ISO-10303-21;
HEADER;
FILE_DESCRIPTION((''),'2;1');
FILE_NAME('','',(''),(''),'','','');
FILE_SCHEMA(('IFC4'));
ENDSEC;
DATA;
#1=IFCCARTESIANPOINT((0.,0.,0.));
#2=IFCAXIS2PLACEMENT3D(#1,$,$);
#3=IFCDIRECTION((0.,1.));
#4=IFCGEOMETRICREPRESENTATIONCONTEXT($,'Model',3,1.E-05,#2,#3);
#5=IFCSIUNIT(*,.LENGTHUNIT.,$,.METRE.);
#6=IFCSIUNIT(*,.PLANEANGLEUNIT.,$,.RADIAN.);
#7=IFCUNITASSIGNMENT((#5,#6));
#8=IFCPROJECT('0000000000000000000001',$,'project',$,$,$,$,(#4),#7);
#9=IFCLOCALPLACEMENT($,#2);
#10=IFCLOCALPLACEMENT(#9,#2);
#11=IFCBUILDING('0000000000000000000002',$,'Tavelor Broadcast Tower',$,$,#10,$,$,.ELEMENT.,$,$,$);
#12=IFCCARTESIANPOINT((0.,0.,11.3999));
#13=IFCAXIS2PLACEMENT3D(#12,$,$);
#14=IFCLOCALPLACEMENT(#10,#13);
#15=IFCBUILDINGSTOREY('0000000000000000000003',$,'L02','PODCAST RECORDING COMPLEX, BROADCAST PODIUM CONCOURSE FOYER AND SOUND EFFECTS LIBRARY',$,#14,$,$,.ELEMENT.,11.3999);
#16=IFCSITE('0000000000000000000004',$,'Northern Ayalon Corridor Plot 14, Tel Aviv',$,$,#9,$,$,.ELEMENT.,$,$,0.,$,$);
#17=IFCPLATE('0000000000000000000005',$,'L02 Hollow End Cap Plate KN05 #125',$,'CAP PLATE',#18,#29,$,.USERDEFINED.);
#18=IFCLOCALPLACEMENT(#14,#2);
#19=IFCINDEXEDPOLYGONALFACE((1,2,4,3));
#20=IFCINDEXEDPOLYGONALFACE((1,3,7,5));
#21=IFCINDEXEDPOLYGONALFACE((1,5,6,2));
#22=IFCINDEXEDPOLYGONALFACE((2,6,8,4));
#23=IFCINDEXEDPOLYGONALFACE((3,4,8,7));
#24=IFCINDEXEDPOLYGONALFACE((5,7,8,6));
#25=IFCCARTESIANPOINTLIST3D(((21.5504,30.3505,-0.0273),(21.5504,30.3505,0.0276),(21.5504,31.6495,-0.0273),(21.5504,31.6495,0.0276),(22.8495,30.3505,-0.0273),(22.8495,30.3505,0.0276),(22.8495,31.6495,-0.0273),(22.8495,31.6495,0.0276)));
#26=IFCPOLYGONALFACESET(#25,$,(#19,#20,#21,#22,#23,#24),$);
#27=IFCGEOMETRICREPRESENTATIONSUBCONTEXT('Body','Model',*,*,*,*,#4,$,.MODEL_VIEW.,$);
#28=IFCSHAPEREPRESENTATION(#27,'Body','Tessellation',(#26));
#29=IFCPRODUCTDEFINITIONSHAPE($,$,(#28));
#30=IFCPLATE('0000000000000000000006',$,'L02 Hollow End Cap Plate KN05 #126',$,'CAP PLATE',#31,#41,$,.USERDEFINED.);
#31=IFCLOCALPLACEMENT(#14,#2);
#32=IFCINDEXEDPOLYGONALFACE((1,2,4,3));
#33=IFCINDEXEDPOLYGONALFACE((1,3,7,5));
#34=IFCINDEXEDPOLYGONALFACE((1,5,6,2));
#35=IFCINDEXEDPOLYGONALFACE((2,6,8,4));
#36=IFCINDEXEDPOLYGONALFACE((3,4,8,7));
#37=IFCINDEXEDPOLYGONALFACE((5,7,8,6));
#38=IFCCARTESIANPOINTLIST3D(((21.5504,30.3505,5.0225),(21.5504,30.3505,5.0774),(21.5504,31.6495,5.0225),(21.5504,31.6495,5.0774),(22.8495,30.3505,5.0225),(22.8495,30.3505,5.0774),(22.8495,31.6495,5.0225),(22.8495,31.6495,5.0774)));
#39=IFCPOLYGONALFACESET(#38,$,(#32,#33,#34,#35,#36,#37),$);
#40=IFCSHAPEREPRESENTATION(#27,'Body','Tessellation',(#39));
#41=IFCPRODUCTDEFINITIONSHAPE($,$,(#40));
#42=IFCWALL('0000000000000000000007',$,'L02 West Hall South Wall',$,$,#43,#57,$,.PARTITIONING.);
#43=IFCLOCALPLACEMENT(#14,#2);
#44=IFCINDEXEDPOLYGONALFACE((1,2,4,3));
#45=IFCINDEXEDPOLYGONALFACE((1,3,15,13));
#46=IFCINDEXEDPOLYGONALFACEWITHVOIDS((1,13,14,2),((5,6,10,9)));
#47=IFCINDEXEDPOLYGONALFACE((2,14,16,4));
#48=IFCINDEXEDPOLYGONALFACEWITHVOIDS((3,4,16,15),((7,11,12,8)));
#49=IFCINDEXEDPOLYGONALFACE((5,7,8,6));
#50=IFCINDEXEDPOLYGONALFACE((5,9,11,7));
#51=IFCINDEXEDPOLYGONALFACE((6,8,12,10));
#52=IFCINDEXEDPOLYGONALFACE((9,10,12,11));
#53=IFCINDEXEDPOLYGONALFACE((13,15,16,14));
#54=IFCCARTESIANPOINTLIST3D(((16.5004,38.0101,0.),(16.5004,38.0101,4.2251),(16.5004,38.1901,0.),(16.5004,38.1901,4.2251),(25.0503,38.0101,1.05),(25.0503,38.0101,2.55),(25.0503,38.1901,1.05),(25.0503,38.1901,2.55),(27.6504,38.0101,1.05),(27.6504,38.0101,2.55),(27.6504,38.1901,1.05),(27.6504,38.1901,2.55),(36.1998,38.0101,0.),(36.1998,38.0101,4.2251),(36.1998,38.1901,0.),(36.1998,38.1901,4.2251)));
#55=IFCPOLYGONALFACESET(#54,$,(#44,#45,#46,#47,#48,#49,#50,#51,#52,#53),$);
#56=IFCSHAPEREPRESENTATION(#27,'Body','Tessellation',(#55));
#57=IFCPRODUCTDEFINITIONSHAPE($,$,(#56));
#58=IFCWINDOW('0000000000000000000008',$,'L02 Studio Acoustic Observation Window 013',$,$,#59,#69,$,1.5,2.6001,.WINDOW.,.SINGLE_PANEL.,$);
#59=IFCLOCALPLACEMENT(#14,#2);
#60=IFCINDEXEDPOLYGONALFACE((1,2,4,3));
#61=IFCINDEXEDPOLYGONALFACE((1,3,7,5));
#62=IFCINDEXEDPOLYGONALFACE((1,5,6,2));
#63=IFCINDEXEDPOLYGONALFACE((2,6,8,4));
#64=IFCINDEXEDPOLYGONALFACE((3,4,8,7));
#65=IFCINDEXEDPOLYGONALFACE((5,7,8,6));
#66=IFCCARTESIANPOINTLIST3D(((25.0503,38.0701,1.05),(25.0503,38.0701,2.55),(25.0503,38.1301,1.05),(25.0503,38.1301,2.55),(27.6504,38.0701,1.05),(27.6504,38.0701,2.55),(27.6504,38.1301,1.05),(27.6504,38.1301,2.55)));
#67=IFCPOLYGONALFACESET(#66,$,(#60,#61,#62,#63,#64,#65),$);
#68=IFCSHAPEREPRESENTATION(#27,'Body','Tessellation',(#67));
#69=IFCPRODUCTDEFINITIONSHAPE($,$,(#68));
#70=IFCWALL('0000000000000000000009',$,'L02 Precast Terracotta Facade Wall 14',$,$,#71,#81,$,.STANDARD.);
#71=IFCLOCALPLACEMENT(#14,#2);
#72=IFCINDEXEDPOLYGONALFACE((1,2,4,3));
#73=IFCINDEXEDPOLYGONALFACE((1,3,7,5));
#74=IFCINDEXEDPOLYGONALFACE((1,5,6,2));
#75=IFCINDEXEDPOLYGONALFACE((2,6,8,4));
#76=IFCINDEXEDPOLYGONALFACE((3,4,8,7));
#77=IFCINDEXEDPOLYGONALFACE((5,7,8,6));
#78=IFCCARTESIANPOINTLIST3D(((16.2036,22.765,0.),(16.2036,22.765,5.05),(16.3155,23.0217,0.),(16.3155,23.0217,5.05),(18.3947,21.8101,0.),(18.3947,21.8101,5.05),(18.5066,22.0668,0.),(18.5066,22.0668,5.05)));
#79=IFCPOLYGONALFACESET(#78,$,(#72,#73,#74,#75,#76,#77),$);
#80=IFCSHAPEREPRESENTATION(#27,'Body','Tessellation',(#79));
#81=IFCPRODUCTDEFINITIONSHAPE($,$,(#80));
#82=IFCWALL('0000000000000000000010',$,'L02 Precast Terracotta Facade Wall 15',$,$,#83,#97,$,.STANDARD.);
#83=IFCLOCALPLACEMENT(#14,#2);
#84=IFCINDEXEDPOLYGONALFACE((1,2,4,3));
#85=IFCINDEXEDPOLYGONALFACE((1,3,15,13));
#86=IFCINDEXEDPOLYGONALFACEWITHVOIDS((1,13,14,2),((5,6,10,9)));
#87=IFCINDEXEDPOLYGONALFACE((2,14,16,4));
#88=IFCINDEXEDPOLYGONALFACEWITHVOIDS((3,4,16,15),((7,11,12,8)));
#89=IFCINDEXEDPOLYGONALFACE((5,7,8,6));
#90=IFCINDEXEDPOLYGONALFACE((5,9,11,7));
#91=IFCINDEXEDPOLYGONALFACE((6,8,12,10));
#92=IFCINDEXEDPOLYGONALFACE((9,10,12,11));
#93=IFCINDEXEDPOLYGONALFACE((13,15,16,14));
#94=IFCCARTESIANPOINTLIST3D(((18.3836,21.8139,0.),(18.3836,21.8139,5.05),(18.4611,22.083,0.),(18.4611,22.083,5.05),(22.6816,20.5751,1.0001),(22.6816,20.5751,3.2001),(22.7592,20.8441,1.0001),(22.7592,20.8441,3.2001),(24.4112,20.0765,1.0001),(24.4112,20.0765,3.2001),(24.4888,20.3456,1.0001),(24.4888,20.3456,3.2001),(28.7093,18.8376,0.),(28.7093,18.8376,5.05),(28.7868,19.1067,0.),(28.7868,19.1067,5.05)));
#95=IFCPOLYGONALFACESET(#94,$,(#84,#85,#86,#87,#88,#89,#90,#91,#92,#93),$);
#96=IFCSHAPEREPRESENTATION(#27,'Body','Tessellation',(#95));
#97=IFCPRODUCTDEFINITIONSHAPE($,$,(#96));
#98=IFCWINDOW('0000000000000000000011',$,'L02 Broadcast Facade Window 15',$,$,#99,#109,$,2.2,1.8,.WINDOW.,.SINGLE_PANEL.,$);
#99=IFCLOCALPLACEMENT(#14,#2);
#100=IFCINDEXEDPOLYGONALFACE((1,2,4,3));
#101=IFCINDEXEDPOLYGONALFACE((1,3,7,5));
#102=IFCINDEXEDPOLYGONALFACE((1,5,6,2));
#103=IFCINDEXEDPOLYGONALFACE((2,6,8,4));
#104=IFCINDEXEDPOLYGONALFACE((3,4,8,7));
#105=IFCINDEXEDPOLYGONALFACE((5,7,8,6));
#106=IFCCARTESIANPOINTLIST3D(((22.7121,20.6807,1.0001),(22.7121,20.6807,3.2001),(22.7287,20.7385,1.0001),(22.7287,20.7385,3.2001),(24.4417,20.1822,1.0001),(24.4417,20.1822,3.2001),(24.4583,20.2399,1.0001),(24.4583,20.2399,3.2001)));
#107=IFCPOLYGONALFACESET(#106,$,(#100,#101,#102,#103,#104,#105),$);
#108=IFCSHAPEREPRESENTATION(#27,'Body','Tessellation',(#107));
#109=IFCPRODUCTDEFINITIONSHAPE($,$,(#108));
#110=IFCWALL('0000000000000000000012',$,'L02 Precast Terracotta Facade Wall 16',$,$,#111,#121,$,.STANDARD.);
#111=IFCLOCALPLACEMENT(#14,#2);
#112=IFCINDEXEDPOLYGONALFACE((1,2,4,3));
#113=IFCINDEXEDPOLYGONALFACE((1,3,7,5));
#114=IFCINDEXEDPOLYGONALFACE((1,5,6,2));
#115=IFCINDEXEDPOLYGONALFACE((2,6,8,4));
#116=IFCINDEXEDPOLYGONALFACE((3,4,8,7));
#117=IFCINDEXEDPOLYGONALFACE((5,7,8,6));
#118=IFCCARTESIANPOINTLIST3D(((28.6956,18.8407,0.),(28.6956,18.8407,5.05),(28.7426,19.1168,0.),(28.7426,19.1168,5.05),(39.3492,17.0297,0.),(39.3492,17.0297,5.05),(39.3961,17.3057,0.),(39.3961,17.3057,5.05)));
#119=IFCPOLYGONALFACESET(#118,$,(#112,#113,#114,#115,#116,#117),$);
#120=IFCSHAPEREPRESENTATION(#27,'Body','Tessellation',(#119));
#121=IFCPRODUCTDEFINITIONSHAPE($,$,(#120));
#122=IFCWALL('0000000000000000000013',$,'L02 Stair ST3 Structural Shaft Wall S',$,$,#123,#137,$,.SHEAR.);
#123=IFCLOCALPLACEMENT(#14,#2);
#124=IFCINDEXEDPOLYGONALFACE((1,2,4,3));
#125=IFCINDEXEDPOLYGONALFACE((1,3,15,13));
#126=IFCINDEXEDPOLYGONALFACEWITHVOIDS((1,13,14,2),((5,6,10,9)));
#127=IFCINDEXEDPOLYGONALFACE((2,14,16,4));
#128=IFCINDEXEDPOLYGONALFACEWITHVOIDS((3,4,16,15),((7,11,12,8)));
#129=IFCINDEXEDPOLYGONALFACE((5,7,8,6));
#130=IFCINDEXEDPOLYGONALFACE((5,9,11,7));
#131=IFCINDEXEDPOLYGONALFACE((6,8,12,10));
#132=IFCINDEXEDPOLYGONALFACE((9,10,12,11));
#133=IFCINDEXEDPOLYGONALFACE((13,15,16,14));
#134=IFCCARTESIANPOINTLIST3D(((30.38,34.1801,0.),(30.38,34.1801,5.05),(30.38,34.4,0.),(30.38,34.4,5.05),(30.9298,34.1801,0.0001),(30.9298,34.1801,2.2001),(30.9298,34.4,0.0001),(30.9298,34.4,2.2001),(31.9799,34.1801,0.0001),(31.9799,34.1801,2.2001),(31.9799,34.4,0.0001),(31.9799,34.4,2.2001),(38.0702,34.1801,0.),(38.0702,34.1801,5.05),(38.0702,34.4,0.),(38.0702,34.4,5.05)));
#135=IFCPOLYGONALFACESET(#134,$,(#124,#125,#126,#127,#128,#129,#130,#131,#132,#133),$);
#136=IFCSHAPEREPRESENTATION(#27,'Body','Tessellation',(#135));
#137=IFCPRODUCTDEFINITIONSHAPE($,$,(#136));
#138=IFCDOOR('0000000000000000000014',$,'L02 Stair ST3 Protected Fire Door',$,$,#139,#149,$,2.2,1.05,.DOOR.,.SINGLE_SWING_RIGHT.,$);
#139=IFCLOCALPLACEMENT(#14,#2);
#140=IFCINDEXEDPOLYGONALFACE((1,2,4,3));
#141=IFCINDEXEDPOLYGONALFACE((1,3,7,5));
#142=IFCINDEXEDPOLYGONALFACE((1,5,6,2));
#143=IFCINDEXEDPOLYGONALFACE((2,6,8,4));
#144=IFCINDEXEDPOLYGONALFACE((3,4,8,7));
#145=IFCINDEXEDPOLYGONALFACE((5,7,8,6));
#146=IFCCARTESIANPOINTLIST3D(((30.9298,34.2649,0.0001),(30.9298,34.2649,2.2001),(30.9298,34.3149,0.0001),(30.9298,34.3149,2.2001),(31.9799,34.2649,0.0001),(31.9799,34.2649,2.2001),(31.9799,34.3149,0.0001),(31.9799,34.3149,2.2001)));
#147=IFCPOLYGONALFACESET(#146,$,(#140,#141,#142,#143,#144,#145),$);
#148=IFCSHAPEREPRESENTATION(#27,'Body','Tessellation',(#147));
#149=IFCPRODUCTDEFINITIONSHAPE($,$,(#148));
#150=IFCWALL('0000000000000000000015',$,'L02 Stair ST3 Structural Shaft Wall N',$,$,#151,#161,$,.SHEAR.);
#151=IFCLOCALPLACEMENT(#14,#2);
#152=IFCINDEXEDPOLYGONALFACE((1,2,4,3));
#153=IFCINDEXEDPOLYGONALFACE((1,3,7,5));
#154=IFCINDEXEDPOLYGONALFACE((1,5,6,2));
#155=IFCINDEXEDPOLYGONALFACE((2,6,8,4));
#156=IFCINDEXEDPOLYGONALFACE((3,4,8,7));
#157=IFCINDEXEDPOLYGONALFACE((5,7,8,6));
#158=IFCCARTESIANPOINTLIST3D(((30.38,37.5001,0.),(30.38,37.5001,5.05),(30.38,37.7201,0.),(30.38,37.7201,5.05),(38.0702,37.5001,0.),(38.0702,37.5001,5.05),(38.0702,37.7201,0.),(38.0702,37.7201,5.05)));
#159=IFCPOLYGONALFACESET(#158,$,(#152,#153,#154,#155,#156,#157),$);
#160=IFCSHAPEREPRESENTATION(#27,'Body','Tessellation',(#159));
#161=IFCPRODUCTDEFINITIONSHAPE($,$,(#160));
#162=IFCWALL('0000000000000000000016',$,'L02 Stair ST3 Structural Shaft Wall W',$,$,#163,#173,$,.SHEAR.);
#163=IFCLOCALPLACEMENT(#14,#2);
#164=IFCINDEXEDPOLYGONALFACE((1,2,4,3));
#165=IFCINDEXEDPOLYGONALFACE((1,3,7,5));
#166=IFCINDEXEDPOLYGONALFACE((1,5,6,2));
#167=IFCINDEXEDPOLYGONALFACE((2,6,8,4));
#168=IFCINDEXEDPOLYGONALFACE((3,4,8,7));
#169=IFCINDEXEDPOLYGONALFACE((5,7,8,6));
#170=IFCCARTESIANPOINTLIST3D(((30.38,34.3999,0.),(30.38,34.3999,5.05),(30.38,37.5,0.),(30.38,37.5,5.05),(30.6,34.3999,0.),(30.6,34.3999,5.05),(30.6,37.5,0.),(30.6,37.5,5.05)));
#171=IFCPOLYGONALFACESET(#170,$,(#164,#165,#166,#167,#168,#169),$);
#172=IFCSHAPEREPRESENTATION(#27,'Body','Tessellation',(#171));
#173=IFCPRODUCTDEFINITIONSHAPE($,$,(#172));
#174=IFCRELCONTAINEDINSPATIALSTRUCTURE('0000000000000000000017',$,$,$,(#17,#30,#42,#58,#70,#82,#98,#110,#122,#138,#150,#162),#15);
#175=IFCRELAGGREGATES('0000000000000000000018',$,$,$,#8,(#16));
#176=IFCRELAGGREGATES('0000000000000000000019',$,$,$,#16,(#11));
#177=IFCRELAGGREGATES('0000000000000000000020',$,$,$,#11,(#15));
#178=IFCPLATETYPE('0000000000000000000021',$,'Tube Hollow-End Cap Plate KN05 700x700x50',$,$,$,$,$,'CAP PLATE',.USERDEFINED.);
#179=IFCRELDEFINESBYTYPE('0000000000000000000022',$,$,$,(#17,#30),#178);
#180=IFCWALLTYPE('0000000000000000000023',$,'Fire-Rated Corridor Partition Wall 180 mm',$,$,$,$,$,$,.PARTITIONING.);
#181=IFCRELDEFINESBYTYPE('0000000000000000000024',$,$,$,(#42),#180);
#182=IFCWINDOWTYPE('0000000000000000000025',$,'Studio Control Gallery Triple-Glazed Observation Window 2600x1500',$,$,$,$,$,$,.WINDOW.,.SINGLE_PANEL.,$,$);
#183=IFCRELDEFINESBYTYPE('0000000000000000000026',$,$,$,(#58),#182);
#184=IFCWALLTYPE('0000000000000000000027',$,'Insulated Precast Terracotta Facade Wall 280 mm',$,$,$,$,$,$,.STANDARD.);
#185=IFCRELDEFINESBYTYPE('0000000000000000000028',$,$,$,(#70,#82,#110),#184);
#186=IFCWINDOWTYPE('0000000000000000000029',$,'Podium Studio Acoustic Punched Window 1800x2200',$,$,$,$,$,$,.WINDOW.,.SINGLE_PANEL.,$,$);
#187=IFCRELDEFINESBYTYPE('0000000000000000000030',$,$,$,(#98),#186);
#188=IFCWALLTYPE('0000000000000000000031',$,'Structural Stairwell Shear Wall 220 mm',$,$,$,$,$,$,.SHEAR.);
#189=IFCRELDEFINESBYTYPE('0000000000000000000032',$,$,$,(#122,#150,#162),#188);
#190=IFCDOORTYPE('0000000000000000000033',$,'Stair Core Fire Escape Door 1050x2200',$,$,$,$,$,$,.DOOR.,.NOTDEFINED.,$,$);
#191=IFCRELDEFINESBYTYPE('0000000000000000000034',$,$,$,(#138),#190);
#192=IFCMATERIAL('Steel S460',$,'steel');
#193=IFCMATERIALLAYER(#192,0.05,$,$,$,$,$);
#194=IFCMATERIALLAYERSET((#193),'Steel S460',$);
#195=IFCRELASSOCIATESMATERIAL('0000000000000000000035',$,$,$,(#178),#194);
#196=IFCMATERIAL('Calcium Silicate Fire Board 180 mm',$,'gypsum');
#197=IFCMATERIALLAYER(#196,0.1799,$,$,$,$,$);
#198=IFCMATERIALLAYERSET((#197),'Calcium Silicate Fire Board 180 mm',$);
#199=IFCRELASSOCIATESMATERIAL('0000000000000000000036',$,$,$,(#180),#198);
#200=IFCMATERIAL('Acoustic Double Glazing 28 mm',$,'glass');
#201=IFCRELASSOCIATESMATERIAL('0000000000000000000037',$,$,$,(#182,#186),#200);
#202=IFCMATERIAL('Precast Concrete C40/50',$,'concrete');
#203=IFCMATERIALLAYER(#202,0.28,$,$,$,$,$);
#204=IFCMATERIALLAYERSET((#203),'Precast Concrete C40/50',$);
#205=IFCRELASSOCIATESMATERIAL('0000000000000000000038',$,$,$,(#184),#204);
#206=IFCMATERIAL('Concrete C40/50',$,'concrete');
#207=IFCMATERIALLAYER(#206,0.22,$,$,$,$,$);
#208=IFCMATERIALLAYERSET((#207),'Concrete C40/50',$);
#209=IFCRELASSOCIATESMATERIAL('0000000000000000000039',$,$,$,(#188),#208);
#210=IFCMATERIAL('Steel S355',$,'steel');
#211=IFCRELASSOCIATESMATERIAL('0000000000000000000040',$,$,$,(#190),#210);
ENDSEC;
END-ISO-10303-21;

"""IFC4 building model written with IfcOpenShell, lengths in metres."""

from ifc_helpers import new_model, si_unit, direction, frame, frame_2d, origin, origin_2d, place, context, subcontext, project, spatial, rectangle, extrude, source, transform, mapped, material, layer, layer_set, type_object, type_shapes, element, fill, save


model = new_model("IFC4")

# Units and contexts
model_context = context("Model", 3, precision=1e-05, world=origin(), true_north=direction((0.0, 1.0)))
body_context = subcontext(model_context, "Body", "Model", "MODEL_VIEW")
ifc_project = project(units=[si_unit("LENGTHUNIT", "METRE"), si_unit("PLANEANGLEUNIT", "RADIAN")], contexts=[model_context])

# Site, building, storey
site_placement = place(None, origin())
site = spatial("IfcSite", under=ifc_project, at=site_placement, Name="Northern Ayalon Corridor Plot 14, Tel Aviv", CompositionType="ELEMENT", RefElevation=0.0)
building_placement = place(site_placement, origin())
building = spatial("IfcBuilding", under=site, at=building_placement, Name="Tavelor Broadcast Tower", CompositionType="ELEMENT")
storey_placement = place(building_placement, frame((0.0, 0.0, 11.3999)))
storey = spatial("IfcBuildingStorey", under=building, at=storey_placement, Name="L02", Description="PODCAST RECORDING COMPLEX, BROADCAST PODIUM CONCOURSE FOYER AND SOUND EFFECTS LIBRARY", CompositionType="ELEMENT", Elevation=11.3999)

# Shared definitions
ifc_material_1 = material(Name="Steel S460", Category="steel")

# Shared definitions
ifc_material_2 = material(Name="Steel S355", Category="steel")

# Plates
ifc_layer_1 = layer(ifc_material_1, 0.05)
ifc_layer_set_1 = layer_set([ifc_layer_1], Name="Steel S460")
plate_type = type_object("IfcPlateType", Name="Tube Hollow-End Cap Plate KN05 700x700x50", ElementType="CAP PLATE", PredefinedType="USERDEFINED", material=ifc_layer_set_1)
shared_shape = source(origin(), body_context, "Body", "SweptSolid", [
    extrude(rectangle(XDim=1.2991, YDim=1.2991, at=origin_2d()), origin(), (0.0, 0.0, 1.0), 0.0549),
])
type_shapes(plate_type, [shared_shape])
for number, where, z_axis, x_axis, name in (
    (1, (22.2, 31.0, -0.0273), (0.0, 0.0, 1.0), (1.0, 0.0, 0.0), "L02 Hollow End Cap Plate KN05 #125"),
    (2, (22.2, 31.0, 5.0225), (0.0, 0.0, 1.0), (1.0, 0.0, 0.0), "L02 Hollow End Cap Plate KN05 #126"),
):
    element("IfcPlate", number, at=place(storey_placement, frame(where, z_axis=z_axis, x_axis=x_axis)), inside=storey, type_object=plate_type, Name=name, ObjectType="CAP PLATE", PredefinedType="USERDEFINED", context=body_context, shape_type="MappedRepresentation", body=[
        mapped(shared_shape, transform((0.0, 0.0, 0.0), scale=1.0)),
    ])

# Wall, opening, window
ifc_material_3 = material(Name="Calcium Silicate Fire Board 180 mm", Category="gypsum")
ifc_layer_2 = layer(ifc_material_3, 0.1799)
ifc_layer_set_2 = layer_set([ifc_layer_2], Name="Calcium Silicate Fire Board 180 mm")
wall_type_1 = type_object("IfcWallType", Name="Fire-Rated Corridor Partition Wall 180 mm", PredefinedType="PARTITIONING", material=ifc_layer_set_2)
wall_1_placement = place(storey_placement, frame((16.5005, 38.1001, 0.0), z_axis=(0.0, 0.0, 1.0), x_axis=(1.0, 0.0, 0.0)))
wall_1 = element("IfcWall", 3, at=wall_1_placement, inside=storey, type_object=wall_type_1, Name="L02 West Hall South Wall", PredefinedType="PARTITIONING", context=body_context, shape_type="SweptSolid", body=[
    extrude(rectangle(XDim=19.6995, YDim=0.1799, at=frame_2d((9.8496, 0.0))), origin(), (0.0, 0.0, 1.0), 4.2251),
])
opening_1_placement = place(wall_1_placement, frame((8.5498, 0.0, 1.05)))
opening_1 = element("IfcOpeningElement", 4, at=opening_1_placement, cuts=wall_1, PredefinedType="OPENING", context=body_context, shape_type="SweptSolid", body=[
    extrude(rectangle(XDim=2.6001, YDim=1.5, at=frame_2d((1.3, 0.75))), frame((0.0, 0.1001, 0.0), z_axis=(0.0, -1.0, 0.0), x_axis=(1.0, 0.0, 0.0)), (0.0, 0.0, 1.0), 0.2),
])
ifc_material_4 = material(Name="Acoustic Double Glazing 28 mm", Category="glass")
window_type_1 = type_object("IfcWindowType", Name="Studio Control Gallery Triple-Glazed Observation Window 2600x1500", PartitioningType="SINGLE_PANEL", PredefinedType="WINDOW", material=ifc_material_4)
window_1_placement = place(opening_1_placement, origin())
window_1 = element("IfcWindow", 5, at=window_1_placement, inside=storey, type_object=window_type_1, Name="L02 Studio Acoustic Observation Window 013", OverallHeight=1.5, OverallWidth=2.6001, PartitioningType="SINGLE_PANEL", PredefinedType="WINDOW", context=body_context, shape_type="SweptSolid", body=[
    extrude(rectangle(XDim=2.6001, YDim=1.5, at=frame_2d((1.3, 0.75))), frame((0.0, 0.03, 0.0), z_axis=(0.0, -1.0, 0.0), x_axis=(1.0, 0.0, 0.0)), (0.0, 0.0, 1.0), 0.0601),
])
fill(opening_1, window_1)

# Wall
ifc_material_5 = material(Name="Precast Concrete C40/50", Category="concrete")
ifc_layer_3 = layer(ifc_material_5, 0.28)
ifc_layer_set_3 = layer_set([ifc_layer_3], Name="Precast Concrete C40/50")
wall_type_2 = type_object("IfcWallType", Name="Insulated Precast Terracotta Facade Wall 280 mm", PredefinedType="STANDARD", material=ifc_layer_set_3)
wall_2_placement = place(storey_placement, frame((16.2595, 22.8933, 0.0), z_axis=(0.0, 0.0, 1.0), x_axis=(0.91674, -0.399484, 0.0)))
element("IfcWall", 6, at=wall_2_placement, inside=storey, type_object=wall_type_2, Name="L02 Precast Terracotta Facade Wall 14", PredefinedType="STANDARD", context=body_context, shape_type="SweptSolid", body=[
    extrude(rectangle(XDim=2.3901, YDim=0.28, at=frame_2d((1.1951, 0.0))), origin(), (0.0, 0.0, 1.0), 5.05),
])

# Wall, opening, window
wall_3_placement = place(storey_placement, frame((18.4224, 21.9485, 0.0), z_axis=(0.0, 0.0, 1.0), x_axis=(0.960879, -0.276968, 0.0)))
wall_3 = element("IfcWall", 7, at=wall_3_placement, inside=storey, type_object=wall_type_2, Name="L02 Precast Terracotta Facade Wall 15", PredefinedType="STANDARD", context=body_context, shape_type="SweptSolid", body=[
    extrude(rectangle(XDim=10.7461, YDim=0.28, at=frame_2d((5.373, 0.0))), origin(), (0.0, 0.0, 1.0), 5.05),
])
opening_2_placement = place(wall_3_placement, frame((4.4731, 0.0, 1.0)))
opening_2 = element("IfcOpeningElement", 8, at=opening_2_placement, cuts=wall_3, PredefinedType="OPENING", context=body_context, shape_type="SweptSolid", body=[
    extrude(rectangle(XDim=1.8, YDim=2.2, at=frame_2d((0.8999, 1.1001))), frame((0.0, 0.1499, 0.0), z_axis=(0.0, -1.0, 0.0), x_axis=(1.0, 0.0, 0.0)), (0.0, 0.0, 1.0), 0.3),
])
window_type_2 = type_object("IfcWindowType", Name="Podium Studio Acoustic Punched Window 1800x2200", PartitioningType="SINGLE_PANEL", PredefinedType="WINDOW", material=ifc_material_4)
window_2_placement = place(opening_2_placement, origin())
window_2 = element("IfcWindow", 9, at=window_2_placement, inside=storey, type_object=window_type_2, Name="L02 Broadcast Facade Window 15", OverallHeight=2.2, OverallWidth=1.8, PartitioningType="SINGLE_PANEL", PredefinedType="WINDOW", context=body_context, shape_type="SweptSolid", body=[
    extrude(rectangle(XDim=1.8, YDim=2.2, at=frame_2d((0.8999, 1.1001))), frame((0.0, 0.03, 0.0), z_axis=(0.0, -1.0, 0.0), x_axis=(1.0, 0.0, 0.0)), (0.0, 0.0, 1.0), 0.0601),
])
fill(opening_2, window_2)

# Wall
wall_4_placement = place(storey_placement, frame((28.719, 18.9788, 0.0), z_axis=(0.0, 0.0, 1.0), x_axis=(0.985857, -0.167589, 0.0)))
element("IfcWall", 10, at=wall_4_placement, inside=storey, type_object=wall_type_2, Name="L02 Precast Terracotta Facade Wall 16", PredefinedType="STANDARD", context=body_context, shape_type="SweptSolid", body=[
    extrude(rectangle(XDim=10.8064, YDim=0.28, at=frame_2d((5.4033, 0.0))), origin(), (0.0, 0.0, 1.0), 5.05),
])

# Wall, opening, door
ifc_material_6 = material(Name="Concrete C40/50", Category="concrete")
ifc_layer_4 = layer(ifc_material_6, 0.22)
ifc_layer_set_4 = layer_set([ifc_layer_4], Name="Concrete C40/50")
wall_type_3 = type_object("IfcWallType", Name="Structural Stairwell Shear Wall 220 mm", PredefinedType="SHEAR", material=ifc_layer_set_4)
wall_5_placement = place(storey_placement, frame((30.3799, 34.29, 0.0), z_axis=(0.0, 0.0, 1.0), x_axis=(1.0, 0.0, 0.0)))
wall_5 = element("IfcWall", 11, at=wall_5_placement, inside=storey, type_object=wall_type_3, Name="L02 Stair ST3 Structural Shaft Wall S", PredefinedType="SHEAR", context=body_context, shape_type="SweptSolid", body=[
    extrude(rectangle(XDim=7.6902, YDim=0.22, at=frame_2d((3.8452, 0.0))), origin(), (0.0, 0.0, 1.0), 5.05),
])
opening_3_placement = place(wall_5_placement, frame((0.55, 0.0, 0.0)))
opening_3 = element("IfcOpeningElement", 12, at=opening_3_placement, cuts=wall_5, PredefinedType="OPENING", context=body_context, shape_type="SweptSolid", body=[
    extrude(rectangle(XDim=1.05, YDim=2.2, at=frame_2d((0.5249, 1.1001))), frame((0.0, 0.1201, 0.0), z_axis=(0.0, -1.0, 0.0), x_axis=(1.0, 0.0, 0.0)), (0.0, 0.0, 1.0), 0.24),
])
door_type = type_object("IfcDoorType", Name="Stair Core Fire Escape Door 1050x2200", OperationType="NOTDEFINED", PredefinedType="DOOR", material=ifc_material_2)
door_placement = place(opening_3_placement, origin())
door = element("IfcDoor", 13, at=door_placement, inside=storey, type_object=door_type, Name="L02 Stair ST3 Protected Fire Door", OperationType="SINGLE_SWING_RIGHT", OverallHeight=2.2, OverallWidth=1.05, PredefinedType="DOOR", context=body_context, shape_type="SweptSolid", body=[
    extrude(rectangle(XDim=1.05, YDim=2.2, at=frame_2d((0.5249, 1.1001))), frame((0.0, 0.0249, 0.0), z_axis=(0.0, -1.0, 0.0), x_axis=(1.0, 0.0, 0.0)), (0.0, 0.0, 1.0), 0.05),
])
fill(opening_3, door)

# Walls
wall_6_placement = place(storey_placement, frame((30.3799, 37.6101, 0.0), z_axis=(0.0, 0.0, 1.0), x_axis=(1.0, 0.0, 0.0)))
element("IfcWall", 14, at=wall_6_placement, inside=storey, type_object=wall_type_3, Name="L02 Stair ST3 Structural Shaft Wall N", PredefinedType="SHEAR", context=body_context, shape_type="SweptSolid", body=[
    extrude(rectangle(XDim=7.6902, YDim=0.22, at=frame_2d((3.8452, 0.0))), origin(), (0.0, 0.0, 1.0), 5.05),
])
wall_7_placement = place(storey_placement, frame((30.49, 34.3999, 0.0), z_axis=(0.0, 0.0, 1.0), x_axis=(0.0, 1.0, 0.0)))
element("IfcWall", 15, at=wall_7_placement, inside=storey, type_object=wall_type_3, Name="L02 Stair ST3 Structural Shaft Wall W", PredefinedType="SHEAR", context=body_context, shape_type="SweptSolid", body=[
    extrude(rectangle(XDim=3.1001, YDim=0.22, at=frame_2d((1.55, 0.0))), origin(), (0.0, 0.0, 1.0), 5.05),
])

save(model, "model.ifc")
